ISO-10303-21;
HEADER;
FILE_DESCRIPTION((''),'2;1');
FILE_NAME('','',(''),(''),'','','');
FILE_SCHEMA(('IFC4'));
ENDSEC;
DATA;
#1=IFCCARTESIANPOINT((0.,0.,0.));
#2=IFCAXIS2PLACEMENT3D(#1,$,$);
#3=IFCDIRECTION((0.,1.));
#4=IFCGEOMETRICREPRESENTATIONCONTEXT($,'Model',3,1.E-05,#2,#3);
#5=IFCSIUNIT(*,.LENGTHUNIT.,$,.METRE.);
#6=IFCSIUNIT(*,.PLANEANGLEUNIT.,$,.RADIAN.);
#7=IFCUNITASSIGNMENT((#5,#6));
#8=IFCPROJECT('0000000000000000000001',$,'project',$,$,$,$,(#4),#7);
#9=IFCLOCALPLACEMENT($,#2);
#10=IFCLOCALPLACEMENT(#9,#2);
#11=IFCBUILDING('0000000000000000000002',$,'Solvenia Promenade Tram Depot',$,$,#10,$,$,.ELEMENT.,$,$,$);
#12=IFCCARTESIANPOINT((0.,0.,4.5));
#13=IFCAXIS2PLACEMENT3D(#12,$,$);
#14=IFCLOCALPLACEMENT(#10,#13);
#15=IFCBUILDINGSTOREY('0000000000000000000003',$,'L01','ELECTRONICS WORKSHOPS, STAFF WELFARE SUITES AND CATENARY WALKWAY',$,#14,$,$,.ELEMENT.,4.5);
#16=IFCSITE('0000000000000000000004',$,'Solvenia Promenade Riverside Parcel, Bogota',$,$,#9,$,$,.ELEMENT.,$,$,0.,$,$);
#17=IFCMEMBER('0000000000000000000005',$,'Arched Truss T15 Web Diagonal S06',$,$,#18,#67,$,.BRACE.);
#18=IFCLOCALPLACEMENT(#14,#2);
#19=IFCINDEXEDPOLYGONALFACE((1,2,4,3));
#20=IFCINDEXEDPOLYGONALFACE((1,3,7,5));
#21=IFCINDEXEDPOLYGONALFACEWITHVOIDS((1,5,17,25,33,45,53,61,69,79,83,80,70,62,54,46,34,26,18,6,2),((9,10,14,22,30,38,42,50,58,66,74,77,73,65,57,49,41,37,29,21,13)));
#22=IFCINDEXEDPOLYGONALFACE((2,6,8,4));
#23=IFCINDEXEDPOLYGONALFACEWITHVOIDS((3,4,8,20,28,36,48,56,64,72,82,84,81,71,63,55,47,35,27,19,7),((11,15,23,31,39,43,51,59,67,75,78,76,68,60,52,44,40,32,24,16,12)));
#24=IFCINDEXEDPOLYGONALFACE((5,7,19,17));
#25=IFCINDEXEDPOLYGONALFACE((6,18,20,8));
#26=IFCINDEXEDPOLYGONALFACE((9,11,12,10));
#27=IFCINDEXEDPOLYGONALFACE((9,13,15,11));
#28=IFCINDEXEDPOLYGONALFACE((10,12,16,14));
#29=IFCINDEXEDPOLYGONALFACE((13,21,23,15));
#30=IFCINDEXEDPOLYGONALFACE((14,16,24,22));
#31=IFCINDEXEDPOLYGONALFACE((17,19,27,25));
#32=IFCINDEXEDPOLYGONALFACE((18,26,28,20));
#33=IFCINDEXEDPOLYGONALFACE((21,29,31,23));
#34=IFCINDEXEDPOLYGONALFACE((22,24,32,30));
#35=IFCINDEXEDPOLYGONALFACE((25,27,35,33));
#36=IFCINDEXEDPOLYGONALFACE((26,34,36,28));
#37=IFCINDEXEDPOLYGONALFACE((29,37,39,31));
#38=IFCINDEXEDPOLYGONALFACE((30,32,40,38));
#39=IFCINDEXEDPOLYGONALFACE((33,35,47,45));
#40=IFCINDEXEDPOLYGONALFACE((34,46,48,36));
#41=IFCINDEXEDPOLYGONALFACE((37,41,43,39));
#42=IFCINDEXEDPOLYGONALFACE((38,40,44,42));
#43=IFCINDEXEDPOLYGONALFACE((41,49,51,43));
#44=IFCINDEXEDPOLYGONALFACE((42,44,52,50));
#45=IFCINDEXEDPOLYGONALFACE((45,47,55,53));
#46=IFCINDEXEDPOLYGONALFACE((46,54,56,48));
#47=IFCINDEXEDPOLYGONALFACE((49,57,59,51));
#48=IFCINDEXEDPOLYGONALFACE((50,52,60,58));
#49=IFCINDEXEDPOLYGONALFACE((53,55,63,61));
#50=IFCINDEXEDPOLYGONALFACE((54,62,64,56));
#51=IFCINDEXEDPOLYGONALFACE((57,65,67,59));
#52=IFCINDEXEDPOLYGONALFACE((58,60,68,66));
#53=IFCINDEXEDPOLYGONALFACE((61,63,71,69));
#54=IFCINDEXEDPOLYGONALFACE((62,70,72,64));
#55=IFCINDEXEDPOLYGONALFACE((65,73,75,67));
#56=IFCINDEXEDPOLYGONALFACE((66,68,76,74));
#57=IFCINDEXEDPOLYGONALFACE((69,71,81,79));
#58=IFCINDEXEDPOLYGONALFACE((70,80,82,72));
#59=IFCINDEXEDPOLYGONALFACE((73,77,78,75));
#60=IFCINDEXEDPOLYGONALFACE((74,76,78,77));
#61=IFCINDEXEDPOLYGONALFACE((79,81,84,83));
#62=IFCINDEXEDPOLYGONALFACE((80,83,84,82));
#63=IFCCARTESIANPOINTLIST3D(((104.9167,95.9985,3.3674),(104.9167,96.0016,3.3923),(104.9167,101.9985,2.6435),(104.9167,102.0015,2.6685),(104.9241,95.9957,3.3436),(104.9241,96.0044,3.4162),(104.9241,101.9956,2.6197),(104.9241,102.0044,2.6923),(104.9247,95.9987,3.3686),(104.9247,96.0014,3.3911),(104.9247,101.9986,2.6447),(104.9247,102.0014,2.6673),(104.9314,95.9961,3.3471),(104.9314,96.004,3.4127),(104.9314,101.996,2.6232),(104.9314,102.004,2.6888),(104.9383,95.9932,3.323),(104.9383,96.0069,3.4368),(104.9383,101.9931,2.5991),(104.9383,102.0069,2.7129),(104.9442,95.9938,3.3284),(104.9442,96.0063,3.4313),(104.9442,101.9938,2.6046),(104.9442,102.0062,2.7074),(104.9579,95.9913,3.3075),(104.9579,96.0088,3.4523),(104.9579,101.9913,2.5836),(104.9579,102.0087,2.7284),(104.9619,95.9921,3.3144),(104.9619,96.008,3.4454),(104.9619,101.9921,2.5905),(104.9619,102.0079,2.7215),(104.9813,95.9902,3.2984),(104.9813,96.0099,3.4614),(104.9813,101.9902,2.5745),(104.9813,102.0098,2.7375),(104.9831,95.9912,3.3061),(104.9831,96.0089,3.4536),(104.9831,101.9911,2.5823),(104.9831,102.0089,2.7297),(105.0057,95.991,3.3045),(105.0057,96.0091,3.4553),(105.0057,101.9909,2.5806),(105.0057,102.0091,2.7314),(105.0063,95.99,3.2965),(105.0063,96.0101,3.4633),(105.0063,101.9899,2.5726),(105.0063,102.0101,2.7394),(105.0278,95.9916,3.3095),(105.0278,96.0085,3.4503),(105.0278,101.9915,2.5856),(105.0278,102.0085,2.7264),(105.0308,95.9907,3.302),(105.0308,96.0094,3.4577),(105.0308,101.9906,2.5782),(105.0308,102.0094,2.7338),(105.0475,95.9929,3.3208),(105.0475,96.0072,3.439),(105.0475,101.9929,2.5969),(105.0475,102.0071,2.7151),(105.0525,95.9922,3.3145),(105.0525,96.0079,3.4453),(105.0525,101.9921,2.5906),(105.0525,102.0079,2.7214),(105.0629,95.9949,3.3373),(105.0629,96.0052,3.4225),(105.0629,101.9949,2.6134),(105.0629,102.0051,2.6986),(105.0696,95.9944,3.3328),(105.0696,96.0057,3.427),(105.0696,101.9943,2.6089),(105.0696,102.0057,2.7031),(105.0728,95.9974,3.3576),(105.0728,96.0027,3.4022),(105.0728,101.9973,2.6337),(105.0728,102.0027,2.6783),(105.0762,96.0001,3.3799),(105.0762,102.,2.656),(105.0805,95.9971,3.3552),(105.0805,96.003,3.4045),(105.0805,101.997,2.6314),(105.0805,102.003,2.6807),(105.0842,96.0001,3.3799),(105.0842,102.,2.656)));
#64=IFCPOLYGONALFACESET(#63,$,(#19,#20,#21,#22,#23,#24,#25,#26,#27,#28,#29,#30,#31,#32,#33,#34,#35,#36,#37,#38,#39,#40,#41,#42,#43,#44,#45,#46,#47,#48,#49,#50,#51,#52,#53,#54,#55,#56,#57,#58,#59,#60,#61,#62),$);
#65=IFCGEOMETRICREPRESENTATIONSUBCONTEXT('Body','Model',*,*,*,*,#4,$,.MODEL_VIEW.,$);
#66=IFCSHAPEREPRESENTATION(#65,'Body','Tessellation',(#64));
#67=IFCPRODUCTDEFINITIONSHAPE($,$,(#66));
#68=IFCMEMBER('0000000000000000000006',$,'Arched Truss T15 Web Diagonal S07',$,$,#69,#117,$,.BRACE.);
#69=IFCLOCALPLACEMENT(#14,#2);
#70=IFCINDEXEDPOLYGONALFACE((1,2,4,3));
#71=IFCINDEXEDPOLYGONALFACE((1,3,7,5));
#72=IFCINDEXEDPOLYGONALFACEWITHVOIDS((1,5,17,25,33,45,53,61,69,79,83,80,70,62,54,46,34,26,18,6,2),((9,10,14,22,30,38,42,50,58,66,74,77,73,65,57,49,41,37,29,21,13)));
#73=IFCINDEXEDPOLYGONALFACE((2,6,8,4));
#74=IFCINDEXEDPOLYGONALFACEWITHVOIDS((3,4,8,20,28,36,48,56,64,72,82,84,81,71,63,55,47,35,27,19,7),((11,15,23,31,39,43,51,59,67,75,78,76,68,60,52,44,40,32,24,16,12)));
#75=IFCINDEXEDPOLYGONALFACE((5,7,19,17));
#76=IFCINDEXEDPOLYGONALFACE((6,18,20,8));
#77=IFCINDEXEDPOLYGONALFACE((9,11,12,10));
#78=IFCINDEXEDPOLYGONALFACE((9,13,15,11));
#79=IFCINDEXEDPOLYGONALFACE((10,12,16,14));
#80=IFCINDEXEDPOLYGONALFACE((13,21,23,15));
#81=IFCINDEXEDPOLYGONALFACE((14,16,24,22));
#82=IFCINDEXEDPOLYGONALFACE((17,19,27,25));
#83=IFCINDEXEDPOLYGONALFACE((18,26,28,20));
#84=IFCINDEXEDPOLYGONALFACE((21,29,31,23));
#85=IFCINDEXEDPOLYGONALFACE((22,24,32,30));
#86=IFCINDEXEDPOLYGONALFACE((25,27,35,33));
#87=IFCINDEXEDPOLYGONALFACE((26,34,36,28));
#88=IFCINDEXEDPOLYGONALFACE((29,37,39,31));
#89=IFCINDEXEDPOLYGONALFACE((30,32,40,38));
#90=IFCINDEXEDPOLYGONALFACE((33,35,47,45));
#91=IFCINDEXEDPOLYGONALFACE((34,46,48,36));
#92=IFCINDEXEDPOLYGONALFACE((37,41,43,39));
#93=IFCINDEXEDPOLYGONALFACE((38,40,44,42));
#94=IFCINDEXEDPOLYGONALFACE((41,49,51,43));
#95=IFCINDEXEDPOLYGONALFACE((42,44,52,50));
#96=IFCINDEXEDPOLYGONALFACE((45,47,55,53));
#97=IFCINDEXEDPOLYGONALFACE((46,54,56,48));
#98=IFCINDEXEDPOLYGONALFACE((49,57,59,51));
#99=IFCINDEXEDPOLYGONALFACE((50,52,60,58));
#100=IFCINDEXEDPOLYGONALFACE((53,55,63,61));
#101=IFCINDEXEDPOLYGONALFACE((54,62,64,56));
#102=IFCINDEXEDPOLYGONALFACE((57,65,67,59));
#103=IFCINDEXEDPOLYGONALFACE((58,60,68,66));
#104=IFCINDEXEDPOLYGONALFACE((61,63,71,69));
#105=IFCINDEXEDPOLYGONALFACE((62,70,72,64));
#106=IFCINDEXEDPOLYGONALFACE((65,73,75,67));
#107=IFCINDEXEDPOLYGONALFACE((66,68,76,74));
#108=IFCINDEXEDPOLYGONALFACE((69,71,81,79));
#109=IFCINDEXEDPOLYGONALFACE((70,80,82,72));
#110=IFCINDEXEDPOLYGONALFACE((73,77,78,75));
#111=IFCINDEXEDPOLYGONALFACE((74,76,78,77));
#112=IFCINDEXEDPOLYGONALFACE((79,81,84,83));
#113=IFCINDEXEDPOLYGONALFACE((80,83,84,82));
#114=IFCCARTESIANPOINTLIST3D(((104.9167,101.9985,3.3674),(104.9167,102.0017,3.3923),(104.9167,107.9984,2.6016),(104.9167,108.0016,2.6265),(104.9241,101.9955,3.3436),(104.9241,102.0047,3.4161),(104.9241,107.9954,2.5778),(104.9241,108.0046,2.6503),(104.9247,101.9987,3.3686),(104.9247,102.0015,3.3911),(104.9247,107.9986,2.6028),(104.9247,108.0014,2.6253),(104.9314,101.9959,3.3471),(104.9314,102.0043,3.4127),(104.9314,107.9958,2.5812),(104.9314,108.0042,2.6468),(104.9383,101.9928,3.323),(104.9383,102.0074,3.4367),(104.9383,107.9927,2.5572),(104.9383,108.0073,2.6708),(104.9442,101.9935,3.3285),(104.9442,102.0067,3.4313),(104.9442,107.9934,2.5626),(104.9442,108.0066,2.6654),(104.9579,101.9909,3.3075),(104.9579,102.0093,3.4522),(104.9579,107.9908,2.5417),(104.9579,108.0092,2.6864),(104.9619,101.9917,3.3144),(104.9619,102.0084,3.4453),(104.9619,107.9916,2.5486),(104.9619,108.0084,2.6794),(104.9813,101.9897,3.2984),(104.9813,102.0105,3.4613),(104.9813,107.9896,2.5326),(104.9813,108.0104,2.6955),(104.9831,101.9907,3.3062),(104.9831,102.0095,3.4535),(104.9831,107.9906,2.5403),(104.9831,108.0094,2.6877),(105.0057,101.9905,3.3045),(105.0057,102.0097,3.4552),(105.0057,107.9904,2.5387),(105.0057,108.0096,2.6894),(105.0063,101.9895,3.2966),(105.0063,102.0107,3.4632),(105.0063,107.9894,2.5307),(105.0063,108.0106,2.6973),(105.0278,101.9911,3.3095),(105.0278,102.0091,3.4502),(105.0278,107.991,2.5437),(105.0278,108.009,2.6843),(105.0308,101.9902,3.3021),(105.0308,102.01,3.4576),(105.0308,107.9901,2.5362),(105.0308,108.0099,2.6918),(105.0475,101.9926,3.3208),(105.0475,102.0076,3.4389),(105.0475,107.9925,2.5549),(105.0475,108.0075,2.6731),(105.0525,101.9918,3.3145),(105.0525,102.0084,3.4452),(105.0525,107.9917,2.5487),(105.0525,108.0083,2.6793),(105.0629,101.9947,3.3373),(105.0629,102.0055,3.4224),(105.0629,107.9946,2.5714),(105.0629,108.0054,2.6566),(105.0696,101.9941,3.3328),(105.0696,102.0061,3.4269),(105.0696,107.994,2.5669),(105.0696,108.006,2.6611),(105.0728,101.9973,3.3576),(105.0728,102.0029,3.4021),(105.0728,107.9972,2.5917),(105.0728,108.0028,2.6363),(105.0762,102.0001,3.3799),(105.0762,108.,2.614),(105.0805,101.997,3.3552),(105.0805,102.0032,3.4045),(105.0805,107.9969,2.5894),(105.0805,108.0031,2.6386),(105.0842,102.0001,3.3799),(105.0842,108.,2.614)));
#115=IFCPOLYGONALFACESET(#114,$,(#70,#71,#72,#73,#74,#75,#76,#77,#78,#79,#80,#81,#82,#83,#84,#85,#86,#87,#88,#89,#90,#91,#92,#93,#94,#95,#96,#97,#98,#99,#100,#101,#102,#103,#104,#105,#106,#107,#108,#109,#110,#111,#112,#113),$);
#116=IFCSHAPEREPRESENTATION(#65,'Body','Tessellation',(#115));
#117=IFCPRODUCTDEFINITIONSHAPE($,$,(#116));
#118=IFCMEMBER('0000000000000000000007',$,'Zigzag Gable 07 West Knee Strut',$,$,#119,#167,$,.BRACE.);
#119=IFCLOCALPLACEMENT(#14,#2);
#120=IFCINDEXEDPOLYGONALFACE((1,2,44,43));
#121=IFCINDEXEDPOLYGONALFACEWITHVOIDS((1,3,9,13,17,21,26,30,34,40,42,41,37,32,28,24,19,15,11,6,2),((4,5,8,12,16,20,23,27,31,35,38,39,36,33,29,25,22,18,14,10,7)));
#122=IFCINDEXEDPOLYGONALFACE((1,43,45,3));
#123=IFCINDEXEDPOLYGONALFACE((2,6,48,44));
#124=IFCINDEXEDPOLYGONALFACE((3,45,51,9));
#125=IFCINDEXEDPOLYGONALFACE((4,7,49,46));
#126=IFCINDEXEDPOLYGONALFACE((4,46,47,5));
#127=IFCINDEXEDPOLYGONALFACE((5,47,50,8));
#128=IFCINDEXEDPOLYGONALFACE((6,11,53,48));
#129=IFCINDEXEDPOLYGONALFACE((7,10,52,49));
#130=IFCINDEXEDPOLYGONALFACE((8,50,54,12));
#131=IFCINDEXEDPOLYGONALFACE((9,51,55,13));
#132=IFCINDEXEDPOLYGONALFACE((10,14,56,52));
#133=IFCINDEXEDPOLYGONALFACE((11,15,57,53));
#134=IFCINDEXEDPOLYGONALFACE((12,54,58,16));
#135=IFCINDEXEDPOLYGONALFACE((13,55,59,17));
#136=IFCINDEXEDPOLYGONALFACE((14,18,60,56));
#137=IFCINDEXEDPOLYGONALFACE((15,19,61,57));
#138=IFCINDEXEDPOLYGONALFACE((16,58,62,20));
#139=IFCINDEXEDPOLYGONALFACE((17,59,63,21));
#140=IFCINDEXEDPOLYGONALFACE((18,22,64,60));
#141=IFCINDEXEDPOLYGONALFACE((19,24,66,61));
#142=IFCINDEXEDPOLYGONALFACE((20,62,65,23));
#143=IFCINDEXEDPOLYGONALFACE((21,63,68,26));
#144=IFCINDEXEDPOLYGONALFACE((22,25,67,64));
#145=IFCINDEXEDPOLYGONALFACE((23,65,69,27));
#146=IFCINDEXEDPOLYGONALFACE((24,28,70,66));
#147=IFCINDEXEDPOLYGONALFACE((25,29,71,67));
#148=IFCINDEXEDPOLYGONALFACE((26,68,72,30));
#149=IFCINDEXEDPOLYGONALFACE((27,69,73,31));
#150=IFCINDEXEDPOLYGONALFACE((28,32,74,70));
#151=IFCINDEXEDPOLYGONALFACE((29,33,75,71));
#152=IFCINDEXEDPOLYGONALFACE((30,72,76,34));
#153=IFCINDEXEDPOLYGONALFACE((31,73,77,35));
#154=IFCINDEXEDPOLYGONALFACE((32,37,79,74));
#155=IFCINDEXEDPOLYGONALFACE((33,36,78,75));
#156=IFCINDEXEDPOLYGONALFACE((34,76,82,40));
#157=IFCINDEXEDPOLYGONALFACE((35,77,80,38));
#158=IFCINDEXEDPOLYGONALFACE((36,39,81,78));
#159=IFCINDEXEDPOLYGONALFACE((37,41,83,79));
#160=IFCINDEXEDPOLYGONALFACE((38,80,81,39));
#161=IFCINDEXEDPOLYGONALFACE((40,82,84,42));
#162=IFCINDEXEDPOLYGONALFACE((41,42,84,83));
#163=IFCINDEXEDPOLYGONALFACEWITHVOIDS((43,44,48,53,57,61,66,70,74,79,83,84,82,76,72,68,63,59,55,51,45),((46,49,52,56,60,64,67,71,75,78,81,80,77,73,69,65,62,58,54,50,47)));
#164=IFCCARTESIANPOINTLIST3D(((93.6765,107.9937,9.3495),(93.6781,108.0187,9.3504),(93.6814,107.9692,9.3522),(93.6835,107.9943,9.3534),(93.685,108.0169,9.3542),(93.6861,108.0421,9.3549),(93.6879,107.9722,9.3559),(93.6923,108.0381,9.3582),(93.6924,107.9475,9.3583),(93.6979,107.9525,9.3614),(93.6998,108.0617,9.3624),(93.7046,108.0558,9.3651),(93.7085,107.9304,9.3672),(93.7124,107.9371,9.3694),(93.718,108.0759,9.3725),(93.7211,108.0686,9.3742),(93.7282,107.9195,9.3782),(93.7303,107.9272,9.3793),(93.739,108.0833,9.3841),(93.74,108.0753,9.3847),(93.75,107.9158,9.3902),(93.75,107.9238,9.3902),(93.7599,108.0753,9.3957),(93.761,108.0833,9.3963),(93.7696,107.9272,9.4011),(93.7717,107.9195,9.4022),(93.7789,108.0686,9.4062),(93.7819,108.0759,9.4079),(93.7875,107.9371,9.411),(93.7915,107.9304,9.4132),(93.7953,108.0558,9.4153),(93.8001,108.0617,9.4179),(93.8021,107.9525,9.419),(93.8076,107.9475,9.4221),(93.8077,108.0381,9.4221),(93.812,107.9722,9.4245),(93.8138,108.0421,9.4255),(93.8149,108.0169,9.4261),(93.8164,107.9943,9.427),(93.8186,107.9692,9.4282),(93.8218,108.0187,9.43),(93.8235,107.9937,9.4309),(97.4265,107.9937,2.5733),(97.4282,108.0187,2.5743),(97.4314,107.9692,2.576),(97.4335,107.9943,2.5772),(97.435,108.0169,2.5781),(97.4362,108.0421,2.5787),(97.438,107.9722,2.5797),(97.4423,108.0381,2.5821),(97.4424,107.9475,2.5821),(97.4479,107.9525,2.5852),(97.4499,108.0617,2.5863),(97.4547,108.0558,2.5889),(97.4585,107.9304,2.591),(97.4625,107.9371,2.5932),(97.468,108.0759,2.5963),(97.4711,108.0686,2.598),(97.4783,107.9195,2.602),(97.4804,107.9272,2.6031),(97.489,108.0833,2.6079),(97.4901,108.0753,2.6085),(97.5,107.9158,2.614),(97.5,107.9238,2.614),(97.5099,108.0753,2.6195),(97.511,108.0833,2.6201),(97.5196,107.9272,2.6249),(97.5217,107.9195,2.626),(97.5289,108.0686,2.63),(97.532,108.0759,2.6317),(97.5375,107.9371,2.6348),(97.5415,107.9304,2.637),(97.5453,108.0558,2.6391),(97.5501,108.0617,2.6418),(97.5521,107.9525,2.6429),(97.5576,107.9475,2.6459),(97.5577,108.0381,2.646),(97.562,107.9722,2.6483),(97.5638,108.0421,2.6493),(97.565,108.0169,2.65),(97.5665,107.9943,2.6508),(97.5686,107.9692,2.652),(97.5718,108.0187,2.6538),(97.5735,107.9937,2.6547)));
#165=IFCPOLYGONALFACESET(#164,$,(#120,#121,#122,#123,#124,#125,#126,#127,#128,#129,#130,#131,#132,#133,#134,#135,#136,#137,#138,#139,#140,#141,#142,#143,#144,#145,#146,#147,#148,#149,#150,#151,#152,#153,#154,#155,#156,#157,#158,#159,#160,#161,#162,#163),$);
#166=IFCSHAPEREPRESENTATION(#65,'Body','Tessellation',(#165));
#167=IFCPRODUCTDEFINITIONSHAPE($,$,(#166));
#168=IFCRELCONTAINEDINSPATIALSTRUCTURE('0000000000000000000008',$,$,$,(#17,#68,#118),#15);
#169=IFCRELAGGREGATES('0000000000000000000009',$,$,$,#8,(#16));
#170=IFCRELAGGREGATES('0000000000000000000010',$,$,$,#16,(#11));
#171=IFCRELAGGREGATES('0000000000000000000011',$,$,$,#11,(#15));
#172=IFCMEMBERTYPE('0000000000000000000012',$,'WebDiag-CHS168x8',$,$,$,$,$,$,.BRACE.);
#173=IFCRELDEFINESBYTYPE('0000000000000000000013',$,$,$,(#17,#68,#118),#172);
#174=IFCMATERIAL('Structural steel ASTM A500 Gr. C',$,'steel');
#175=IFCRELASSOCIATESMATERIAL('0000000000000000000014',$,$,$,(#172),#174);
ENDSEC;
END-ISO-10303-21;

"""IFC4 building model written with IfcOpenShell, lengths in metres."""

from ifc_helpers import new_model, si_unit, direction, frame, origin, origin_2d, place, context, subcontext, project, spatial, hollow_circle, extrude, material, material_profile, profile_set, type_object, element, save


model = new_model("IFC4")

# Units and contexts
model_context = context("Model", 3, precision=1e-05, world=origin(), true_north=direction((0.0, 1.0)))
body_context = subcontext(model_context, "Body", "Model", "MODEL_VIEW")
ifc_project = project(units=[si_unit("LENGTHUNIT", "METRE"), si_unit("PLANEANGLEUNIT", "RADIAN")], contexts=[model_context])

# Site, building, storey
site_placement = place(None, origin())
site = spatial("IfcSite", under=ifc_project, at=site_placement, Name="Solvenia Promenade Riverside Parcel, Bogota", CompositionType="ELEMENT", RefElevation=0.0)
building_placement = place(site_placement, origin())
building = spatial("IfcBuilding", under=site, at=building_placement, Name="Solvenia Promenade Tram Depot", CompositionType="ELEMENT")
storey_placement = place(building_placement, frame((0.0, 0.0, 4.5)))
storey = spatial("IfcBuildingStorey", under=building, at=storey_placement, Name="L01", Description="ELECTRONICS WORKSHOPS, STAFF WELFARE SUITES AND CATENARY WALKWAY", CompositionType="ELEMENT", Elevation=4.5)

# Shared definitions
ifc_material_1 = material(Name="Structural steel ASTM A500 Gr. C", Category="steel")

# Members
ifc_material_profile_1 = material_profile(ifc_material_1, hollow_circle(Radius=0.0842, WallThickness=0.0081, at=origin_2d()), Name="CHS168.3x8", Category="steel")
ifc_profile_set_1 = profile_set([ifc_material_profile_1], Name="Structural steel ASTM A500 Gr. C")
member_type_1 = type_object("IfcMemberType", Name="WebDiag-CHS168x8", PredefinedType="BRACE", material=ifc_profile_set_1)
member_1_placement = place(storey_placement, frame((105.0, 102.0, 2.656), z_axis=(0.0, -0.992801, 0.119778), x_axis=(1.0, 0.0, 0.0)))
element("IfcMember", 1, at=member_1_placement, inside=storey, type_object=member_type_1, Name="Arched Truss T15 Web Diagonal S06", PredefinedType="BRACE", context=body_context, shape_type="SweptSolid", body=[
    extrude(hollow_circle(Radius=0.0842, WallThickness=0.0081, at=origin_2d()), origin(), (0.0, 0.0, 1.0), 6.0435),
])
member_2_placement = place(storey_placement, frame((105.0, 108.0, 2.614), z_axis=(0.0, -0.991952, 0.126618), x_axis=(1.0, 0.0, 0.0)))
element("IfcMember", 2, at=member_2_placement, inside=storey, type_object=member_type_1, Name="Arched Truss T15 Web Diagonal S07", PredefinedType="BRACE", context=body_context, shape_type="SweptSolid", body=[
    extrude(hollow_circle(Radius=0.0842, WallThickness=0.0081, at=origin_2d()), origin(), (0.0, 0.0, 1.0), 6.0486),
])
for number, where, z_axis, x_axis, name in (
    (3, (97.5, 108.0, 2.614), (-0.48421, 0.0, 0.874952), (0.0, -1.0, 0.0), "Zigzag Gable 07 West Knee Strut"),
):
    element("IfcMember", number, at=place(storey_placement, frame(where, z_axis=z_axis, x_axis=x_axis)), inside=storey, type_object=member_type_1, Name=name, PredefinedType="BRACE", context=body_context, shape_type="SweptSolid", body=[
        extrude(hollow_circle(Radius=0.0842, WallThickness=0.0081, at=origin_2d()), origin(), (0.0, 0.0, 1.0), 7.7446),
    ])

save(model, "model.ifc")
